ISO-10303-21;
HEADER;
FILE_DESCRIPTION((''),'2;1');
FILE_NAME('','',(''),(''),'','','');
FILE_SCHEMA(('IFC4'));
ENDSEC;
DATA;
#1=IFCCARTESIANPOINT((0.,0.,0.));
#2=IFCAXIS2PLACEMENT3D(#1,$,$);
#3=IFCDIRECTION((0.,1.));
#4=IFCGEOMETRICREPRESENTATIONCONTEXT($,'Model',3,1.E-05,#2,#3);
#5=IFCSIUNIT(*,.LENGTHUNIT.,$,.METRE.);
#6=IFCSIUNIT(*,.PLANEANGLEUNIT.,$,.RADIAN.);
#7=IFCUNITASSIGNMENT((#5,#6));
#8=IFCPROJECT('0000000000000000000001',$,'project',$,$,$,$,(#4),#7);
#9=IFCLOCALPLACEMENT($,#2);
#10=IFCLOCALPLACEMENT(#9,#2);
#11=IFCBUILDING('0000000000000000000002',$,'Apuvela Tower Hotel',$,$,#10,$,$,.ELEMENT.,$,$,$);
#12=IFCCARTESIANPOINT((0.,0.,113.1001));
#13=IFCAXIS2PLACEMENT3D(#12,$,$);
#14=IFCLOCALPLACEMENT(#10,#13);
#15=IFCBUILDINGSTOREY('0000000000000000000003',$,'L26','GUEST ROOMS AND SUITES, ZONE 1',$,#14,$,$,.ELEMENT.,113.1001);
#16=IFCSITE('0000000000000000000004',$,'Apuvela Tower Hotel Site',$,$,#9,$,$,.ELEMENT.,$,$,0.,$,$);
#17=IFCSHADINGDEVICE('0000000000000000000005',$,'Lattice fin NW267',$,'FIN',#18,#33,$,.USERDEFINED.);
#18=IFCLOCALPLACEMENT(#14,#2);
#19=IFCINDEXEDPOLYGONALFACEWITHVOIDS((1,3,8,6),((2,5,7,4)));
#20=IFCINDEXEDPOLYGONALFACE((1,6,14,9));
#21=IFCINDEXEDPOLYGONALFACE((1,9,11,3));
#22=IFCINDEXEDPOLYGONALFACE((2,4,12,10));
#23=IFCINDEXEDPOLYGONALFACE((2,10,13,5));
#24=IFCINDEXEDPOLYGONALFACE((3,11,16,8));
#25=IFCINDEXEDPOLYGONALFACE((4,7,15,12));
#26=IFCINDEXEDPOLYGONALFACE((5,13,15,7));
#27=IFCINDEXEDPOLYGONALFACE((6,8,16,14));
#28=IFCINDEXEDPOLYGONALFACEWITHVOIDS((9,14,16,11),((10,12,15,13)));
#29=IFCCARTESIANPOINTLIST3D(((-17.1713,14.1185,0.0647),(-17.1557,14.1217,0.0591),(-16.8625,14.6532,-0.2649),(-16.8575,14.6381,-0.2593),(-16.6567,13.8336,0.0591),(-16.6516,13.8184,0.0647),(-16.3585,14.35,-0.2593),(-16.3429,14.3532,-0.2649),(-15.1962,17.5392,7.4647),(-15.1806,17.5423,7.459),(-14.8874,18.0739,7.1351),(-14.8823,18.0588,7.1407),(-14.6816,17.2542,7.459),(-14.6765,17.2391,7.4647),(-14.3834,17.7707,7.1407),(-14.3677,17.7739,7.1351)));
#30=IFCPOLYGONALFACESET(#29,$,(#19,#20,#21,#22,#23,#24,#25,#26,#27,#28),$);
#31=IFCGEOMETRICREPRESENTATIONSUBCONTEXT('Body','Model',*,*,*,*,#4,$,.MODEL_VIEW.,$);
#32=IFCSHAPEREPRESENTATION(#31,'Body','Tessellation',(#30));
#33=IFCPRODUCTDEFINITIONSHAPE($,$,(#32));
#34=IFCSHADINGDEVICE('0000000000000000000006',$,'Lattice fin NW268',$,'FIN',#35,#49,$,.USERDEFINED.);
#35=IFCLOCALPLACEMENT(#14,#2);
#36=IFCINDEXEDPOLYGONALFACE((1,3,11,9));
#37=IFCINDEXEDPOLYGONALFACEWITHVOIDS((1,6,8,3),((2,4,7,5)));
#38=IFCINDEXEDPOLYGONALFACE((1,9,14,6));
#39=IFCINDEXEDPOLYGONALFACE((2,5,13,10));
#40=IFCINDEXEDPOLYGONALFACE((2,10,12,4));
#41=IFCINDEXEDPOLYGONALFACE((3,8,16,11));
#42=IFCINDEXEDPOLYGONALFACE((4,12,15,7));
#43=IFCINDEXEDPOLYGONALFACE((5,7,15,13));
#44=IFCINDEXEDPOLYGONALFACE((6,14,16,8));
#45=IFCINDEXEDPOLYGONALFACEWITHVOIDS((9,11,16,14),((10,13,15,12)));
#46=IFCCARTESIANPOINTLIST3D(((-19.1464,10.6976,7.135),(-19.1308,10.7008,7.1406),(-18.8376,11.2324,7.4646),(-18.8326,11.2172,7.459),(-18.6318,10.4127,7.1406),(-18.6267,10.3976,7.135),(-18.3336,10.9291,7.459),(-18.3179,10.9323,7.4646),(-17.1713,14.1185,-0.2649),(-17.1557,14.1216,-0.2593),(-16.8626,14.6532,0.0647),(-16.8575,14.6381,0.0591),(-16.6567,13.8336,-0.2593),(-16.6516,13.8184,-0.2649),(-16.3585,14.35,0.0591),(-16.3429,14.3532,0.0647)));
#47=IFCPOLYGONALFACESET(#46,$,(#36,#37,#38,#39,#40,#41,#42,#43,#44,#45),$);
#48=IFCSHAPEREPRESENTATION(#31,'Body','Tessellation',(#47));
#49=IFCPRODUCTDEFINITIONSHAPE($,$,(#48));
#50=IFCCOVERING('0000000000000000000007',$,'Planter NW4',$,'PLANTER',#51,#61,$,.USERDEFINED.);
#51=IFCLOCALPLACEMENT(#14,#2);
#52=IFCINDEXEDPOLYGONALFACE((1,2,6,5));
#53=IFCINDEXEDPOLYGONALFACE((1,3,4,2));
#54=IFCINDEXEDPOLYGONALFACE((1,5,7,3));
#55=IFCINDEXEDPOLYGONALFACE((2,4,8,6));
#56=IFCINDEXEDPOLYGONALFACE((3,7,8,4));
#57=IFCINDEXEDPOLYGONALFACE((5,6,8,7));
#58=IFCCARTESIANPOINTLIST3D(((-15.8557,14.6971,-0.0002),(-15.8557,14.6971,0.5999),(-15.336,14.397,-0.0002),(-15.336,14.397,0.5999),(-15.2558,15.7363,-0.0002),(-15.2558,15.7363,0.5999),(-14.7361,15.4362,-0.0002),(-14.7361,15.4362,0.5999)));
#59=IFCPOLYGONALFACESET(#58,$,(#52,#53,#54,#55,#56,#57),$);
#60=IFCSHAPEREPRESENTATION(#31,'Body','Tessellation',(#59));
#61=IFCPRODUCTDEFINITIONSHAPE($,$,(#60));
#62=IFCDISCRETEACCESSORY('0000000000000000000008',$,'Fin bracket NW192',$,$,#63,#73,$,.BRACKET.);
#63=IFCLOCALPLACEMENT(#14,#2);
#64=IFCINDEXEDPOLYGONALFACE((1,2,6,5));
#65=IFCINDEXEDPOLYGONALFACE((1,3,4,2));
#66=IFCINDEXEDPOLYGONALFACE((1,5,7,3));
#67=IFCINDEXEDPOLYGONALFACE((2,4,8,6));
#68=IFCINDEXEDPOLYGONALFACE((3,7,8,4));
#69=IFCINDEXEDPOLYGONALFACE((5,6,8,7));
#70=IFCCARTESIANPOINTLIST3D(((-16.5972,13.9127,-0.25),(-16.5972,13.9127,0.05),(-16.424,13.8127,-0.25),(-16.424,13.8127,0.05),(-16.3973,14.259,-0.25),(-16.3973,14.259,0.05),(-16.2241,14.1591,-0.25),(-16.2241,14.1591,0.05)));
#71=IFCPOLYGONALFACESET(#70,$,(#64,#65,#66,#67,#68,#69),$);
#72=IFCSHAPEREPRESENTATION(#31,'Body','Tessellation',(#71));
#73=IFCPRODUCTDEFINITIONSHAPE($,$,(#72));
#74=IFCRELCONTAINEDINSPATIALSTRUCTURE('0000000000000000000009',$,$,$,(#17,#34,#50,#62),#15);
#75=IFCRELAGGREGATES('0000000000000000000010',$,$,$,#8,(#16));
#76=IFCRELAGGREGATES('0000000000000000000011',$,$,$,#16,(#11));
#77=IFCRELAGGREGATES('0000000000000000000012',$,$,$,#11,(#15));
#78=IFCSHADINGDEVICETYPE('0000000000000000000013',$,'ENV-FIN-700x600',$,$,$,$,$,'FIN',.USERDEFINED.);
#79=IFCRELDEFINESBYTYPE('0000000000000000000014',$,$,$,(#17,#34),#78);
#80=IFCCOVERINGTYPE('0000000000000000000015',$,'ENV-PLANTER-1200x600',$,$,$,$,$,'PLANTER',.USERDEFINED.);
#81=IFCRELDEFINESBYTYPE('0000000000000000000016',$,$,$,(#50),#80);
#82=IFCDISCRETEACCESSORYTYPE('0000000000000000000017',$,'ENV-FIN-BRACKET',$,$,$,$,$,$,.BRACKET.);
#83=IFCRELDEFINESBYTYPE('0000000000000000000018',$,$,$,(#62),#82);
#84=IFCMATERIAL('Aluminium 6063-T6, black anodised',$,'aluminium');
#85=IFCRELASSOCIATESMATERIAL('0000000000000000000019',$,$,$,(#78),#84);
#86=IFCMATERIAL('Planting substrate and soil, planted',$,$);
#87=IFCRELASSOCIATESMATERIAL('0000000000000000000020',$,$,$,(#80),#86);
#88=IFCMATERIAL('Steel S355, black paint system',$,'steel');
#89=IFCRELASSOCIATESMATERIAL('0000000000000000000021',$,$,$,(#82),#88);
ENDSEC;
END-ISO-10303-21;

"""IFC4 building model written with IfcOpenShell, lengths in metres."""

from ifc_helpers import new_model, si_unit, direction, frame, origin, origin_2d, place, context, subcontext, project, spatial, rectangle, hollow_rectangle, extrude, material, material_profile, profile_set, type_object, element, save


model = new_model("IFC4")

# Units and contexts
model_context = context("Model", 3, precision=1e-05, world=origin(), true_north=direction((0.0, 1.0)))
body_context = subcontext(model_context, "Body", "Model", "MODEL_VIEW")
ifc_project = project(units=[si_unit("LENGTHUNIT", "METRE"), si_unit("PLANEANGLEUNIT", "RADIAN")], contexts=[model_context])

# Site, building, storey
site_placement = place(None, origin())
site = spatial("IfcSite", under=ifc_project, at=site_placement, Name="Apuvela Tower Hotel Site", CompositionType="ELEMENT", RefElevation=0.0)
building_placement = place(site_placement, origin())
building = spatial("IfcBuilding", under=site, at=building_placement, Name="Apuvela Tower Hotel", CompositionType="ELEMENT")
storey_placement = place(building_placement, frame((0.0, 0.0, 113.1001)))
storey = spatial("IfcBuildingStorey", under=building, at=storey_placement, Name="L26", Description="GUEST ROOMS AND SUITES, ZONE 1", CompositionType="ELEMENT", Elevation=113.1001)

# Shading devices
ifc_material_1 = material(Name="Aluminium 6063-T6, black anodised", Category="aluminium")
ifc_material_profile_1 = material_profile(ifc_material_1, hollow_rectangle(XDim=0.6001, YDim=0.7, WallThickness=0.012, at=origin_2d()), Name="AL BOX 700x600x12")
ifc_profile_set_1 = profile_set([ifc_material_profile_1], Name="Aluminium 6063-T6, black anodised")
shading_device_type = type_object("IfcShadingDeviceType", Name="ENV-FIN-700x600", ElementType="FIN", PredefinedType="USERDEFINED", material=ifc_profile_set_1)
for number, where, z_axis, x_axis, name in (
    (1, (-16.7571, 14.2358, -0.1001), (0.235464, 0.407798, 0.882189), (-0.866005, 0.500035, 0.0), "Lattice fin NW267"),
    (2, (-16.7571, 14.2358, -0.1001), (-0.235461, -0.407822, 0.882179), (0.866021, -0.500008, 0.0), "Lattice fin NW268"),
):
    element("IfcShadingDevice", number, at=place(storey_placement, frame(where, z_axis=z_axis, x_axis=x_axis)), inside=storey, type_object=shading_device_type, Name=name, ObjectType="FIN", PredefinedType="USERDEFINED", context=body_context, shape_type="SweptSolid", body=[
        extrude(hollow_rectangle(XDim=0.6001, YDim=0.7, WallThickness=0.012, at=origin_2d()), origin(), (0.0, 0.0, 1.0), 8.3882),
    ])

# Covering
ifc_material_2 = material(Name="Planting substrate and soil, planted")
covering_type = type_object("IfcCoveringType", Name="ENV-PLANTER-1200x600", ElementType="PLANTER", PredefinedType="USERDEFINED", material=ifc_material_2)
covering_placement = place(storey_placement, frame((-15.2959, 15.0667, -0.0002), z_axis=(0.0, 0.0, 1.0), x_axis=(-0.5, -0.866025, 0.0)))
element("IfcCovering", 3, at=covering_placement, inside=storey, type_object=covering_type, Name="Planter NW4", ObjectType="PLANTER", PredefinedType="USERDEFINED", context=body_context, shape_type="SweptSolid", body=[
    extrude(rectangle(XDim=1.2, YDim=0.6001, at=origin_2d()), origin(), (0.0, 0.0, 1.0), 0.6001),
])

# Discrete accessory
ifc_material_3 = material(Name="Steel S355, black paint system", Category="steel")
discrete_accessory_type = type_object("IfcDiscreteAccessoryType", Name="ENV-FIN-BRACKET", PredefinedType="BRACKET", material=ifc_material_3)
discrete_accessory_placement = place(storey_placement, frame((-16.4106, 14.0359, -0.25), z_axis=(0.0, 0.0, 1.0), x_axis=(-0.5, -0.866025, 0.0)))
element("IfcDiscreteAccessory", 4, at=discrete_accessory_placement, inside=storey, type_object=discrete_accessory_type, Name="Fin bracket NW192", PredefinedType="BRACKET", context=body_context, shape_type="SweptSolid", body=[
    extrude(rectangle(XDim=0.3999, YDim=0.2, at=origin_2d()), origin(), (0.0, 0.0, 1.0), 0.3),
])

save(model, "model.ifc")
